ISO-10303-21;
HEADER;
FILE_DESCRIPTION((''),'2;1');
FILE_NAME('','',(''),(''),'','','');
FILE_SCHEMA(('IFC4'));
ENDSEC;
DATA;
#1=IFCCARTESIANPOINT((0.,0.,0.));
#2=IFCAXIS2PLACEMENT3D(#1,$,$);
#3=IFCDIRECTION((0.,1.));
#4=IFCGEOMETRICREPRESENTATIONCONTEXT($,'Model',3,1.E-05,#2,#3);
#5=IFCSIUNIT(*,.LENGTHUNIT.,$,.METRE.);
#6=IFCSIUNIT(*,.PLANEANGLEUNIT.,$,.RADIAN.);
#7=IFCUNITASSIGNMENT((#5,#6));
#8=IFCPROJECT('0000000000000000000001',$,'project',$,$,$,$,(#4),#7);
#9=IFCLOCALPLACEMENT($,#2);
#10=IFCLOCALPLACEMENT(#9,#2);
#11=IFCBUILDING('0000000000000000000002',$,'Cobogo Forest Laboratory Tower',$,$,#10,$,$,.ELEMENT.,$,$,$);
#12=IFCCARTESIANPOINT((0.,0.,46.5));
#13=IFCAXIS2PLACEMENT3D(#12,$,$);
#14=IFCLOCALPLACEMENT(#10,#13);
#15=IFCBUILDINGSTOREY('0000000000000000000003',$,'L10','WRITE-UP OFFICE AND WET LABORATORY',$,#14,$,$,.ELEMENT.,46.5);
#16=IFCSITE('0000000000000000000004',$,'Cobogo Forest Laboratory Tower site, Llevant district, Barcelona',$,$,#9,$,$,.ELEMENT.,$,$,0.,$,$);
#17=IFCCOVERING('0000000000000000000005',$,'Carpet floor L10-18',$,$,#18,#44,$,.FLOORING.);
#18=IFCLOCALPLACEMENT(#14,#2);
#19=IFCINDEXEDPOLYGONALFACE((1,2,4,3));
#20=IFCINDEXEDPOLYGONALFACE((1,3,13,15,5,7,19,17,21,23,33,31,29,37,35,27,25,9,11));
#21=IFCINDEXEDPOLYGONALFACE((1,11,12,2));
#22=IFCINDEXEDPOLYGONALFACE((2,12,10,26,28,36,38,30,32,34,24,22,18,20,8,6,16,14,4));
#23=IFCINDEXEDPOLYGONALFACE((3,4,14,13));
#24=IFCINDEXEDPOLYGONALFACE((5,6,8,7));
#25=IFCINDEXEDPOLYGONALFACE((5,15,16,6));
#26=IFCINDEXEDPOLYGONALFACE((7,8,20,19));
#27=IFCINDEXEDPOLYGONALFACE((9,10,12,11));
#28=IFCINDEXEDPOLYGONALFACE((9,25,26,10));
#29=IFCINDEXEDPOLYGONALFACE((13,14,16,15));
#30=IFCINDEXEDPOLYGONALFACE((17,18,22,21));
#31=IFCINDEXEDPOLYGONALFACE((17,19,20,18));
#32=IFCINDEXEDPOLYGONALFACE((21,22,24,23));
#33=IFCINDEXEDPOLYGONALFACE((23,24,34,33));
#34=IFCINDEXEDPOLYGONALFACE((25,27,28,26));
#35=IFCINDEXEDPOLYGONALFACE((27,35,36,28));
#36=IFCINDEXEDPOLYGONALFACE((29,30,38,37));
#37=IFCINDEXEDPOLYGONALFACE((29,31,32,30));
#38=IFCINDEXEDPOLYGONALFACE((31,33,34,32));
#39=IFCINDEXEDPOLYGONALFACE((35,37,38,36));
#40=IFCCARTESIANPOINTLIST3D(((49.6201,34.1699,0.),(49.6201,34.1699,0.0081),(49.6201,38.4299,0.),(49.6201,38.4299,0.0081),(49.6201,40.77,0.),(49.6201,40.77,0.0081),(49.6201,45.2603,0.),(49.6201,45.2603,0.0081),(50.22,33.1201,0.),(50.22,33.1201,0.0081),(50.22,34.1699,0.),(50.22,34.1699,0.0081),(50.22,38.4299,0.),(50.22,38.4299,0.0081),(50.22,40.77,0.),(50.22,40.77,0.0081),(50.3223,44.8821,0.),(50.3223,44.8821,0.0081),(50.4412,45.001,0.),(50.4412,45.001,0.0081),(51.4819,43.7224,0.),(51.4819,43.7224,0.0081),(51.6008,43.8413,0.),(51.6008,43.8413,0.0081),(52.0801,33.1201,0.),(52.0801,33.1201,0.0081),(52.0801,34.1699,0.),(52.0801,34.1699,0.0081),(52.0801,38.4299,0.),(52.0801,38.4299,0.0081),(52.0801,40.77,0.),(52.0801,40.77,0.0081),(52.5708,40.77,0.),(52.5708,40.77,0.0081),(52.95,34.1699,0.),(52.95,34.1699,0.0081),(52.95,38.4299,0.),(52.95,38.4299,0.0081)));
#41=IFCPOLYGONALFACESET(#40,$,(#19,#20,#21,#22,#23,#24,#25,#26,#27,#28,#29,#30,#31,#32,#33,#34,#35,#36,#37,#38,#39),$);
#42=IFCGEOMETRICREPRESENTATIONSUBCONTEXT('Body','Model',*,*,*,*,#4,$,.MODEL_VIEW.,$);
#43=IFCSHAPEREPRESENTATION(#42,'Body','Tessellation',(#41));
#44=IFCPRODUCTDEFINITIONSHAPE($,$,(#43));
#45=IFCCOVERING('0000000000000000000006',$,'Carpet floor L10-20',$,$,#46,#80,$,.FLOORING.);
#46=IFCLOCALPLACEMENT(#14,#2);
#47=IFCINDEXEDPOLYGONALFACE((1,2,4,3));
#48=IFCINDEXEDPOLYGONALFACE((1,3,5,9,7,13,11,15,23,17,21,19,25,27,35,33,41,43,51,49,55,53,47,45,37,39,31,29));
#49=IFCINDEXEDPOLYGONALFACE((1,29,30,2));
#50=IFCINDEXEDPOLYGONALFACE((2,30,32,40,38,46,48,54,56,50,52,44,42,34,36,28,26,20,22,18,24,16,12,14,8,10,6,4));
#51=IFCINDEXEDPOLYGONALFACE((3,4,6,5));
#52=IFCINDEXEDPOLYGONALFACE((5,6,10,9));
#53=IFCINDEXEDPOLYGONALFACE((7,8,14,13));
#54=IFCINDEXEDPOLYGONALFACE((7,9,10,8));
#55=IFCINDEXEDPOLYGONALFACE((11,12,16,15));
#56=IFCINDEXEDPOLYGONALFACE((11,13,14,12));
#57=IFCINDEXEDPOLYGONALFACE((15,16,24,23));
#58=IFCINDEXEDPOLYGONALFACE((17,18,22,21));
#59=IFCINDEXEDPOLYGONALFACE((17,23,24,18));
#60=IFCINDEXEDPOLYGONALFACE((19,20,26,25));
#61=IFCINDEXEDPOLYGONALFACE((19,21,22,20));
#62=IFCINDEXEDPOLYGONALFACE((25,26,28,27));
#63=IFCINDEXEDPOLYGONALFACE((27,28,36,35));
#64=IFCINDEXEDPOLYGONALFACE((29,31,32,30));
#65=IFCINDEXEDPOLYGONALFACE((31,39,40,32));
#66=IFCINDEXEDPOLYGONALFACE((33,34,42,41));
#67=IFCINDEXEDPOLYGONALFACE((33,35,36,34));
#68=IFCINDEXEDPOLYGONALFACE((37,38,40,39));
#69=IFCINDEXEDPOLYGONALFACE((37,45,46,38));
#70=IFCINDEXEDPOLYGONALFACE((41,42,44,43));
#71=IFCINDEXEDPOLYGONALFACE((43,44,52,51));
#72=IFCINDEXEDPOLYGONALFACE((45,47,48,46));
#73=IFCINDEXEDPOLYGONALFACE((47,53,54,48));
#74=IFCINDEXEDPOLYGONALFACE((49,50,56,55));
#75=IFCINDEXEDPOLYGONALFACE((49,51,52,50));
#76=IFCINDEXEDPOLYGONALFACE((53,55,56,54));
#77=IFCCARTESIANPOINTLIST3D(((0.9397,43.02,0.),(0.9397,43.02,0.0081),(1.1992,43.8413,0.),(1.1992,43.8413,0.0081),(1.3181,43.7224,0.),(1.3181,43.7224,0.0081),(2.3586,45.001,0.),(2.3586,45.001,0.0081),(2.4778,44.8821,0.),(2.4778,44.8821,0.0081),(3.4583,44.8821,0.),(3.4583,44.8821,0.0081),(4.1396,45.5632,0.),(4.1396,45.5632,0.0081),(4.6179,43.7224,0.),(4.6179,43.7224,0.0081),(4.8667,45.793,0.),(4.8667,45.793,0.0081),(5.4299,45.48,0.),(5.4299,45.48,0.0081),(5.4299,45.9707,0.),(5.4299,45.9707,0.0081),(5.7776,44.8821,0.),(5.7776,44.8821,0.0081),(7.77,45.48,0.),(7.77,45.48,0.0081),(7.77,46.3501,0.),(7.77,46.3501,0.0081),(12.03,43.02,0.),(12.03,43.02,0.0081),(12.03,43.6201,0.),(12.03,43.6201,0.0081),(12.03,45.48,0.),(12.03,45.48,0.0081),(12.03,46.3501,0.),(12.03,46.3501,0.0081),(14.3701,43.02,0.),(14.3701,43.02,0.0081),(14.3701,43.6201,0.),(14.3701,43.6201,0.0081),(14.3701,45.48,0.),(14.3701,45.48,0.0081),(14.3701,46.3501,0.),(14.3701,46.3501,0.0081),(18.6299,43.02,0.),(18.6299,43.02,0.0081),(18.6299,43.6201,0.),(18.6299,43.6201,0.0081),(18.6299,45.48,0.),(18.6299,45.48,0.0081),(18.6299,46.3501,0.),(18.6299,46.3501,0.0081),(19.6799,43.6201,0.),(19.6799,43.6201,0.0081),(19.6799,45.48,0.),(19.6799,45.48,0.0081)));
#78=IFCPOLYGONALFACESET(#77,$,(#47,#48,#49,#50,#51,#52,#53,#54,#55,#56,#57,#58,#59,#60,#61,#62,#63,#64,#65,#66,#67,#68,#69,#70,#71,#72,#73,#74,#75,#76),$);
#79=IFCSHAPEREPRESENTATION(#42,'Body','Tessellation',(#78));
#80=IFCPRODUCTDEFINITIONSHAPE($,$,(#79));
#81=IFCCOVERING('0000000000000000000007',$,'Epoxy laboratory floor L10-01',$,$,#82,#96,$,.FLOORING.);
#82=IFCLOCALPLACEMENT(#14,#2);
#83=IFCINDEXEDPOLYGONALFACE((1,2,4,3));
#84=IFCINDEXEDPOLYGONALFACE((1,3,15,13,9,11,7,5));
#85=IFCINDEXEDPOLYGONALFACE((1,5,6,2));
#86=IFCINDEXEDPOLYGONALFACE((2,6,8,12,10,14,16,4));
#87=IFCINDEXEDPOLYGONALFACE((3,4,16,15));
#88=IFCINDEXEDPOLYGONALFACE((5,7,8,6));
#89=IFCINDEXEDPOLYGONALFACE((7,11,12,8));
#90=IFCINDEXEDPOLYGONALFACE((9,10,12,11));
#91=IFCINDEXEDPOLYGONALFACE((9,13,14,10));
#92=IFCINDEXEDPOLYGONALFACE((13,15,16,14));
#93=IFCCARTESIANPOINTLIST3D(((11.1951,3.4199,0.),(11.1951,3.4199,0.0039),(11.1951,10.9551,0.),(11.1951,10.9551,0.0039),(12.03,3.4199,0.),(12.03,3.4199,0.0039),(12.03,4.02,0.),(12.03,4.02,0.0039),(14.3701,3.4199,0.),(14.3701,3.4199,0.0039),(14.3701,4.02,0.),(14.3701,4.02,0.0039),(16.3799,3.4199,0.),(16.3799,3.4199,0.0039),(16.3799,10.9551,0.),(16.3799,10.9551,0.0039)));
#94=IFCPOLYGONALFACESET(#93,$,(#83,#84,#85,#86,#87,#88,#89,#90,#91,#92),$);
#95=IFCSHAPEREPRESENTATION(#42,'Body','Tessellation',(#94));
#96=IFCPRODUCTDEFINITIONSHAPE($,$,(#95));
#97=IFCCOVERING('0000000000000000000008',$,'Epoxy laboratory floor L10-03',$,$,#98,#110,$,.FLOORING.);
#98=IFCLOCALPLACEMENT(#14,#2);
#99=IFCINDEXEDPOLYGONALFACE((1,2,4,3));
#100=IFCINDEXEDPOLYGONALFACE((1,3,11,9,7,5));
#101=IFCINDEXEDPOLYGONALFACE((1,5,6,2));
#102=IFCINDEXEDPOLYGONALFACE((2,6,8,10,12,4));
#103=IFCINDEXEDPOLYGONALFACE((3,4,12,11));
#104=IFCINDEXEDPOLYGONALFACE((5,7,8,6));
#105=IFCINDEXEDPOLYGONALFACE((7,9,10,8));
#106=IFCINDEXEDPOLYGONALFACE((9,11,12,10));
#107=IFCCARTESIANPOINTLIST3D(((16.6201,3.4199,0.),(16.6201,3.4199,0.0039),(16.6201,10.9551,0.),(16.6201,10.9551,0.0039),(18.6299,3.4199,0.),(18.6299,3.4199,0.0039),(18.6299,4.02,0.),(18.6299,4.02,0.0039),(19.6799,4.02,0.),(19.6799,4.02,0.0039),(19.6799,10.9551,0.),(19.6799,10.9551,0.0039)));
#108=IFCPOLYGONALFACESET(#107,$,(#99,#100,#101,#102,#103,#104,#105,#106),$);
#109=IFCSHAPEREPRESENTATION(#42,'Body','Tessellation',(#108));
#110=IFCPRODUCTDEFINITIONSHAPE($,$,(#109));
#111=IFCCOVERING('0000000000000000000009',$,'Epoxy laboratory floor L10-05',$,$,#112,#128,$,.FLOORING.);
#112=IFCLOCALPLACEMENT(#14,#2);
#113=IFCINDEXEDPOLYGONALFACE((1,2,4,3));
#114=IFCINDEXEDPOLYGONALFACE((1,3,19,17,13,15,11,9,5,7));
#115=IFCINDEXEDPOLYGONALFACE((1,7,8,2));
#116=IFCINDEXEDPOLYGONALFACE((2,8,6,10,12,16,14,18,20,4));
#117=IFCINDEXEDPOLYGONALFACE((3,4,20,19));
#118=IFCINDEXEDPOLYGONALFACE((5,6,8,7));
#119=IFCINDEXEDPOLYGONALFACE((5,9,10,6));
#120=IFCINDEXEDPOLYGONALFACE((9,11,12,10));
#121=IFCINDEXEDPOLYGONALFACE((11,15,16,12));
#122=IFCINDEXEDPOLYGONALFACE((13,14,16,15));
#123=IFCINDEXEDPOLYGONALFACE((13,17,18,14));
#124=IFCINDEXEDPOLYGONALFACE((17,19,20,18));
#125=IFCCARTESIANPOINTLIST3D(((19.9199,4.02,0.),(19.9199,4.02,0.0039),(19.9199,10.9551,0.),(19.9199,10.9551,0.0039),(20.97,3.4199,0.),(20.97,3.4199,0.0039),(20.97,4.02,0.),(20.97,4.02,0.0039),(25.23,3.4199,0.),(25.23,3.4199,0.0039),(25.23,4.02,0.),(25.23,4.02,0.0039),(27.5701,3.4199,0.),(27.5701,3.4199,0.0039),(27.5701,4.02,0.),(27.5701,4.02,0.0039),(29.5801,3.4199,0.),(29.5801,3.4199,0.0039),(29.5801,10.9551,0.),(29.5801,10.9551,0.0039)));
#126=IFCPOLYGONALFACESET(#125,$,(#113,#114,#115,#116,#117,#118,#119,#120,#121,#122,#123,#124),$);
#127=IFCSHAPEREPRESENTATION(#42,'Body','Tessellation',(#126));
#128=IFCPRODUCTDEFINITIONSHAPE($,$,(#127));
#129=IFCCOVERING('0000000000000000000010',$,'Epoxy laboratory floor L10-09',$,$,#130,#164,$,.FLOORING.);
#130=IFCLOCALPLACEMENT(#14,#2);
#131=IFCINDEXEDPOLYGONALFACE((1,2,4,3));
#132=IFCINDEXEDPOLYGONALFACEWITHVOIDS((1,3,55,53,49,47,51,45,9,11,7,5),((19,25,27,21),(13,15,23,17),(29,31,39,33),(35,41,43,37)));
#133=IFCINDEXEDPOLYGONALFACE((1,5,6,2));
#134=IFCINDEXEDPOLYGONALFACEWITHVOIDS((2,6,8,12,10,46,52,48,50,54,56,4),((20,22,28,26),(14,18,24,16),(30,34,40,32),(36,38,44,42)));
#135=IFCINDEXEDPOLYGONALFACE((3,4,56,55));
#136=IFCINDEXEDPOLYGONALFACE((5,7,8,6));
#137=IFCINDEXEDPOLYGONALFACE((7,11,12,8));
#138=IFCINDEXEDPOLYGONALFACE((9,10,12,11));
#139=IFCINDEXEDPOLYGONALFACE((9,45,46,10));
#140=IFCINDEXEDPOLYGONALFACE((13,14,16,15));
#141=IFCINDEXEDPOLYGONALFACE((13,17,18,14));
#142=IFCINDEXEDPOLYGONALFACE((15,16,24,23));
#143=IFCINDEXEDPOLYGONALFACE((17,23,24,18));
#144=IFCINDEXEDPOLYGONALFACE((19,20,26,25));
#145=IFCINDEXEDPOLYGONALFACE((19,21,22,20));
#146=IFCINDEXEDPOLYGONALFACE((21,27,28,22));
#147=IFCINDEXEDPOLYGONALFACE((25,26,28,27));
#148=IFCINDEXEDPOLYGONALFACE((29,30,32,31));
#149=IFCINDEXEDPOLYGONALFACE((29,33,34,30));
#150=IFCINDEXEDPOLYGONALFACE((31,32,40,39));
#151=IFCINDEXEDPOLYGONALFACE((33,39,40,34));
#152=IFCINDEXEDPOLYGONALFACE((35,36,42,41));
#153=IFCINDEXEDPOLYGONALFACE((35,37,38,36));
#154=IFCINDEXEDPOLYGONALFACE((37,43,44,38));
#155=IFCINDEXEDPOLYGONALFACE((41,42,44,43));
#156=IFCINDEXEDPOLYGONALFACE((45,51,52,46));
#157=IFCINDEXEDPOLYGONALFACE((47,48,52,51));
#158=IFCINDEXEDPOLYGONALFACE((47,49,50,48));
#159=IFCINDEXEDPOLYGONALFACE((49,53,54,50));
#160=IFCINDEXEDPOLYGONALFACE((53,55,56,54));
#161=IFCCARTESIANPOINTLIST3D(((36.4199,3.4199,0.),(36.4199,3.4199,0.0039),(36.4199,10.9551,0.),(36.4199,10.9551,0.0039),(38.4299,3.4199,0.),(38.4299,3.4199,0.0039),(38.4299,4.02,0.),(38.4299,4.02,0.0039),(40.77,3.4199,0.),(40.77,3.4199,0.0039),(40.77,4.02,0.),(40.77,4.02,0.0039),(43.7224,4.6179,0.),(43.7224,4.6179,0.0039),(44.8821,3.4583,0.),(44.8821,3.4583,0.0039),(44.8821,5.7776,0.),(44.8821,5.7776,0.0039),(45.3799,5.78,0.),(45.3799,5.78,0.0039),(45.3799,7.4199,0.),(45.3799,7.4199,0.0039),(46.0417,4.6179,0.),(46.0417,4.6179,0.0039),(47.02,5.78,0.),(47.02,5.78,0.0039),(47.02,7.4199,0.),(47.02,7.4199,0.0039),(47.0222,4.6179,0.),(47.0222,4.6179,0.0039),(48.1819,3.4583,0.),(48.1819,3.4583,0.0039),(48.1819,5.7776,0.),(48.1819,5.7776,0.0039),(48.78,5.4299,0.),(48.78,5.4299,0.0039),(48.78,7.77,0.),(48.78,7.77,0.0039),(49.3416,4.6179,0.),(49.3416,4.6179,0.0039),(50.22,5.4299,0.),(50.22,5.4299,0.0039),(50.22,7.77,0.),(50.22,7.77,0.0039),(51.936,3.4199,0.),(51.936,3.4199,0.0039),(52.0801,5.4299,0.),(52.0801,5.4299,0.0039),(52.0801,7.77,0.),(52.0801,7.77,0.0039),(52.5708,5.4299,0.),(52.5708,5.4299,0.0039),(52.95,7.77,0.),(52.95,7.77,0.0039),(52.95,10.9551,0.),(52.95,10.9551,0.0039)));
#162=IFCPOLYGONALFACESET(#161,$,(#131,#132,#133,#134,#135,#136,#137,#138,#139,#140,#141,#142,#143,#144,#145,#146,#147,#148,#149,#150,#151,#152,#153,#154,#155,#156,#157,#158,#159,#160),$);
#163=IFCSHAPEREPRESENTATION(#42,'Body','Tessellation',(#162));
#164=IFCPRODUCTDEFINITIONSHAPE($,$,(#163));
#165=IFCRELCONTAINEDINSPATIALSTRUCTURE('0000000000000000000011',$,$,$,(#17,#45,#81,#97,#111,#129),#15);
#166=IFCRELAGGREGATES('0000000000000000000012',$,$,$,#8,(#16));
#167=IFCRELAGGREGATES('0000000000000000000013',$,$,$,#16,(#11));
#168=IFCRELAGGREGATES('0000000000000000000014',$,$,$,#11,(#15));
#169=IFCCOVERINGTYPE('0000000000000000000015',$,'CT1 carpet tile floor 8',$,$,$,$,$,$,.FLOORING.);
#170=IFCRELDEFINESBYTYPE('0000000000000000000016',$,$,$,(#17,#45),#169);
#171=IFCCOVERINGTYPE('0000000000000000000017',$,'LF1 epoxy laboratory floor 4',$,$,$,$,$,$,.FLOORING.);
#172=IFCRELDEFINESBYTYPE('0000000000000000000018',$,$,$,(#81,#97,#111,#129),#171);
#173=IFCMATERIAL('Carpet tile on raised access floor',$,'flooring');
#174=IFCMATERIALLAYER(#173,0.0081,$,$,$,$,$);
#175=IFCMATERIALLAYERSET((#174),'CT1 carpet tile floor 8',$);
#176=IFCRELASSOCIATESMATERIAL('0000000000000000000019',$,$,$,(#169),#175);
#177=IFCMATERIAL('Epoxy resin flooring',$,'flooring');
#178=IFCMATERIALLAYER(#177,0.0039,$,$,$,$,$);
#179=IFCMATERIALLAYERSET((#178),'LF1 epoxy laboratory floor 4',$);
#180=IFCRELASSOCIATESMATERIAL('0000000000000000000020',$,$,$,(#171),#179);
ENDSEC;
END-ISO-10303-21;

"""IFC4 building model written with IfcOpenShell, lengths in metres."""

from ifc_helpers import new_model, si_unit, direction, frame, origin, place, context, subcontext, project, spatial, polyline, outline, extrude, material, layer, layer_set, type_object, element, save


model = new_model("IFC4")

# Units and contexts
model_context = context("Model", 3, precision=1e-05, world=origin(), true_north=direction((0.0, 1.0)))
body_context = subcontext(model_context, "Body", "Model", "MODEL_VIEW")
ifc_project = project(units=[si_unit("LENGTHUNIT", "METRE"), si_unit("PLANEANGLEUNIT", "RADIAN")], contexts=[model_context])

# Site, building, storey
site_placement = place(None, origin())
site = spatial("IfcSite", under=ifc_project, at=site_placement, Name="Cobogo Forest Laboratory Tower site, Llevant district, Barcelona", CompositionType="ELEMENT", RefElevation=0.0)
building_placement = place(site_placement, origin())
building = spatial("IfcBuilding", under=site, at=building_placement, Name="Cobogo Forest Laboratory Tower", CompositionType="ELEMENT")
storey_placement = place(building_placement, frame((0.0, 0.0, 46.5)))
storey = spatial("IfcBuildingStorey", under=building, at=storey_placement, Name="L10", Description="WRITE-UP OFFICE AND WET LABORATORY", CompositionType="ELEMENT", Elevation=46.5)

# Coverings
ifc_material_1 = material(Name="Carpet tile on raised access floor", Category="flooring")
ifc_layer_1 = layer(ifc_material_1, 0.0081)
ifc_layer_set_1 = layer_set([ifc_layer_1], Name="CT1 carpet tile floor 8")
covering_type_1 = type_object("IfcCoveringType", Name="CT1 carpet tile floor 8", PredefinedType="FLOORING", material=ifc_layer_set_1)
covering_1_placement = place(storey_placement, origin())
element("IfcCovering", 1, at=covering_1_placement, inside=storey, type_object=covering_type_1, Name="Carpet floor L10-18", PredefinedType="FLOORING", context=body_context, shape_type="SweptSolid", body=[
    extrude(outline(polyline([(49.6201, 38.4299), (50.22, 38.4299), (50.22, 40.77), (49.6201, 40.77), (49.6201, 45.2603), (50.4412, 45.001), (50.3223, 44.8821), (51.4819, 43.7224), (51.6008, 43.8413), (52.5708, 40.77), (52.0801, 40.77), (52.0801, 38.4299), (52.95, 38.4299), (52.95, 34.1699), (52.0801, 34.1699), (52.0801, 33.1201), (50.22, 33.1201), (50.22, 34.1699), (49.6201, 34.1699), (49.6201, 38.4299)])), origin(), (0.0, 0.0, 1.0), 0.0081),
])
covering_2_placement = place(storey_placement, origin())
element("IfcCovering", 2, at=covering_2_placement, inside=storey, type_object=covering_type_1, Name="Carpet floor L10-20", PredefinedType="FLOORING", context=body_context, shape_type="SweptSolid", body=[
    extrude(outline(polyline([(14.3701, 43.02), (14.3701, 43.6201), (12.03, 43.6201), (12.03, 43.02), (0.9397, 43.02), (1.1992, 43.8413), (1.3181, 43.7224), (2.4778, 44.8821), (2.3586, 45.001), (4.1396, 45.5632), (3.4583, 44.8821), (4.6179, 43.7224), (5.7776, 44.8821), (4.8667, 45.793), (5.4299, 45.9707), (5.4299, 45.48), (7.77, 45.48), (7.77, 46.3501), (12.03, 46.3501), (12.03, 45.48), (14.3701, 45.48), (14.3701, 46.3501), (18.6299, 46.3501), (18.6299, 45.48), (19.6799, 45.48), (19.6799, 43.6201), (18.6299, 43.6201), (18.6299, 43.02), (14.3701, 43.02)])), origin(), (0.0, 0.0, 1.0), 0.0081),
])
ifc_material_2 = material(Name="Epoxy resin flooring", Category="flooring")
ifc_layer_2 = layer(ifc_material_2, 0.0039)
ifc_layer_set_2 = layer_set([ifc_layer_2], Name="LF1 epoxy laboratory floor 4")
covering_type_2 = type_object("IfcCoveringType", Name="LF1 epoxy laboratory floor 4", PredefinedType="FLOORING", material=ifc_layer_set_2)
covering_3_placement = place(storey_placement, origin())
element("IfcCovering", 3, at=covering_3_placement, inside=storey, type_object=covering_type_2, Name="Epoxy laboratory floor L10-01", PredefinedType="FLOORING", context=body_context, shape_type="SweptSolid", body=[
    extrude(outline(polyline([(11.1951, 10.9551), (16.3799, 10.9551), (16.3799, 3.4199), (14.3701, 3.4199), (14.3701, 4.02), (12.03, 4.02), (12.03, 3.4199), (11.1951, 3.4199), (11.1951, 10.9551)])), origin(), (0.0, 0.0, 1.0), 0.0039),
])
covering_4_placement = place(storey_placement, origin())
element("IfcCovering", 4, at=covering_4_placement, inside=storey, type_object=covering_type_2, Name="Epoxy laboratory floor L10-03", PredefinedType="FLOORING", context=body_context, shape_type="SweptSolid", body=[
    extrude(outline(polyline([(16.6201, 10.9551), (19.6799, 10.9551), (19.6799, 4.02), (18.6299, 4.02), (18.6299, 3.4199), (16.6201, 3.4199), (16.6201, 10.9551)])), origin(), (0.0, 0.0, 1.0), 0.0039),
])
covering_5_placement = place(storey_placement, origin())
element("IfcCovering", 5, at=covering_5_placement, inside=storey, type_object=covering_type_2, Name="Epoxy laboratory floor L10-05", PredefinedType="FLOORING", context=body_context, shape_type="SweptSolid", body=[
    extrude(outline(polyline([(19.9199, 10.9551), (29.5801, 10.9551), (29.5801, 3.4199), (27.5701, 3.4199), (27.5701, 4.02), (25.23, 4.02), (25.23, 3.4199), (20.97, 3.4199), (20.97, 4.02), (19.9199, 4.02), (19.9199, 10.9551)])), origin(), (0.0, 0.0, 1.0), 0.0039),
])
covering_6_placement = place(storey_placement, origin())
element("IfcCovering", 6, at=covering_6_placement, inside=storey, type_object=covering_type_2, Name="Epoxy laboratory floor L10-09", PredefinedType="FLOORING", context=body_context, shape_type="SweptSolid", body=[
    extrude(outline(polyline([(36.4199, 10.9551), (52.95, 10.9551), (52.95, 7.77), (52.0801, 7.77), (52.0801, 5.4299), (52.5708, 5.4299), (51.936, 3.4199), (40.77, 3.4199), (40.77, 4.02), (38.4299, 4.02), (38.4299, 3.4199), (36.4199, 3.4199), (36.4199, 10.9551)]), holes=[polyline([(48.78, 5.4299), (50.22, 5.4299), (50.22, 7.77), (48.78, 7.77), (48.78, 5.4299)]), polyline([(48.1819, 5.7776), (47.0222, 4.6179), (48.1819, 3.4583), (49.3416, 4.6179), (48.1819, 5.7776)]), polyline([(45.3799, 7.4199), (45.3799, 5.78), (47.02, 5.78), (47.02, 7.4199), (45.3799, 7.4199)]), polyline([(44.8821, 5.7776), (43.7224, 4.6179), (44.8821, 3.4583), (46.0417, 4.6179), (44.8821, 5.7776)])]), origin(), (0.0, 0.0, 1.0), 0.0039),
])

save(model, "model.ifc")
